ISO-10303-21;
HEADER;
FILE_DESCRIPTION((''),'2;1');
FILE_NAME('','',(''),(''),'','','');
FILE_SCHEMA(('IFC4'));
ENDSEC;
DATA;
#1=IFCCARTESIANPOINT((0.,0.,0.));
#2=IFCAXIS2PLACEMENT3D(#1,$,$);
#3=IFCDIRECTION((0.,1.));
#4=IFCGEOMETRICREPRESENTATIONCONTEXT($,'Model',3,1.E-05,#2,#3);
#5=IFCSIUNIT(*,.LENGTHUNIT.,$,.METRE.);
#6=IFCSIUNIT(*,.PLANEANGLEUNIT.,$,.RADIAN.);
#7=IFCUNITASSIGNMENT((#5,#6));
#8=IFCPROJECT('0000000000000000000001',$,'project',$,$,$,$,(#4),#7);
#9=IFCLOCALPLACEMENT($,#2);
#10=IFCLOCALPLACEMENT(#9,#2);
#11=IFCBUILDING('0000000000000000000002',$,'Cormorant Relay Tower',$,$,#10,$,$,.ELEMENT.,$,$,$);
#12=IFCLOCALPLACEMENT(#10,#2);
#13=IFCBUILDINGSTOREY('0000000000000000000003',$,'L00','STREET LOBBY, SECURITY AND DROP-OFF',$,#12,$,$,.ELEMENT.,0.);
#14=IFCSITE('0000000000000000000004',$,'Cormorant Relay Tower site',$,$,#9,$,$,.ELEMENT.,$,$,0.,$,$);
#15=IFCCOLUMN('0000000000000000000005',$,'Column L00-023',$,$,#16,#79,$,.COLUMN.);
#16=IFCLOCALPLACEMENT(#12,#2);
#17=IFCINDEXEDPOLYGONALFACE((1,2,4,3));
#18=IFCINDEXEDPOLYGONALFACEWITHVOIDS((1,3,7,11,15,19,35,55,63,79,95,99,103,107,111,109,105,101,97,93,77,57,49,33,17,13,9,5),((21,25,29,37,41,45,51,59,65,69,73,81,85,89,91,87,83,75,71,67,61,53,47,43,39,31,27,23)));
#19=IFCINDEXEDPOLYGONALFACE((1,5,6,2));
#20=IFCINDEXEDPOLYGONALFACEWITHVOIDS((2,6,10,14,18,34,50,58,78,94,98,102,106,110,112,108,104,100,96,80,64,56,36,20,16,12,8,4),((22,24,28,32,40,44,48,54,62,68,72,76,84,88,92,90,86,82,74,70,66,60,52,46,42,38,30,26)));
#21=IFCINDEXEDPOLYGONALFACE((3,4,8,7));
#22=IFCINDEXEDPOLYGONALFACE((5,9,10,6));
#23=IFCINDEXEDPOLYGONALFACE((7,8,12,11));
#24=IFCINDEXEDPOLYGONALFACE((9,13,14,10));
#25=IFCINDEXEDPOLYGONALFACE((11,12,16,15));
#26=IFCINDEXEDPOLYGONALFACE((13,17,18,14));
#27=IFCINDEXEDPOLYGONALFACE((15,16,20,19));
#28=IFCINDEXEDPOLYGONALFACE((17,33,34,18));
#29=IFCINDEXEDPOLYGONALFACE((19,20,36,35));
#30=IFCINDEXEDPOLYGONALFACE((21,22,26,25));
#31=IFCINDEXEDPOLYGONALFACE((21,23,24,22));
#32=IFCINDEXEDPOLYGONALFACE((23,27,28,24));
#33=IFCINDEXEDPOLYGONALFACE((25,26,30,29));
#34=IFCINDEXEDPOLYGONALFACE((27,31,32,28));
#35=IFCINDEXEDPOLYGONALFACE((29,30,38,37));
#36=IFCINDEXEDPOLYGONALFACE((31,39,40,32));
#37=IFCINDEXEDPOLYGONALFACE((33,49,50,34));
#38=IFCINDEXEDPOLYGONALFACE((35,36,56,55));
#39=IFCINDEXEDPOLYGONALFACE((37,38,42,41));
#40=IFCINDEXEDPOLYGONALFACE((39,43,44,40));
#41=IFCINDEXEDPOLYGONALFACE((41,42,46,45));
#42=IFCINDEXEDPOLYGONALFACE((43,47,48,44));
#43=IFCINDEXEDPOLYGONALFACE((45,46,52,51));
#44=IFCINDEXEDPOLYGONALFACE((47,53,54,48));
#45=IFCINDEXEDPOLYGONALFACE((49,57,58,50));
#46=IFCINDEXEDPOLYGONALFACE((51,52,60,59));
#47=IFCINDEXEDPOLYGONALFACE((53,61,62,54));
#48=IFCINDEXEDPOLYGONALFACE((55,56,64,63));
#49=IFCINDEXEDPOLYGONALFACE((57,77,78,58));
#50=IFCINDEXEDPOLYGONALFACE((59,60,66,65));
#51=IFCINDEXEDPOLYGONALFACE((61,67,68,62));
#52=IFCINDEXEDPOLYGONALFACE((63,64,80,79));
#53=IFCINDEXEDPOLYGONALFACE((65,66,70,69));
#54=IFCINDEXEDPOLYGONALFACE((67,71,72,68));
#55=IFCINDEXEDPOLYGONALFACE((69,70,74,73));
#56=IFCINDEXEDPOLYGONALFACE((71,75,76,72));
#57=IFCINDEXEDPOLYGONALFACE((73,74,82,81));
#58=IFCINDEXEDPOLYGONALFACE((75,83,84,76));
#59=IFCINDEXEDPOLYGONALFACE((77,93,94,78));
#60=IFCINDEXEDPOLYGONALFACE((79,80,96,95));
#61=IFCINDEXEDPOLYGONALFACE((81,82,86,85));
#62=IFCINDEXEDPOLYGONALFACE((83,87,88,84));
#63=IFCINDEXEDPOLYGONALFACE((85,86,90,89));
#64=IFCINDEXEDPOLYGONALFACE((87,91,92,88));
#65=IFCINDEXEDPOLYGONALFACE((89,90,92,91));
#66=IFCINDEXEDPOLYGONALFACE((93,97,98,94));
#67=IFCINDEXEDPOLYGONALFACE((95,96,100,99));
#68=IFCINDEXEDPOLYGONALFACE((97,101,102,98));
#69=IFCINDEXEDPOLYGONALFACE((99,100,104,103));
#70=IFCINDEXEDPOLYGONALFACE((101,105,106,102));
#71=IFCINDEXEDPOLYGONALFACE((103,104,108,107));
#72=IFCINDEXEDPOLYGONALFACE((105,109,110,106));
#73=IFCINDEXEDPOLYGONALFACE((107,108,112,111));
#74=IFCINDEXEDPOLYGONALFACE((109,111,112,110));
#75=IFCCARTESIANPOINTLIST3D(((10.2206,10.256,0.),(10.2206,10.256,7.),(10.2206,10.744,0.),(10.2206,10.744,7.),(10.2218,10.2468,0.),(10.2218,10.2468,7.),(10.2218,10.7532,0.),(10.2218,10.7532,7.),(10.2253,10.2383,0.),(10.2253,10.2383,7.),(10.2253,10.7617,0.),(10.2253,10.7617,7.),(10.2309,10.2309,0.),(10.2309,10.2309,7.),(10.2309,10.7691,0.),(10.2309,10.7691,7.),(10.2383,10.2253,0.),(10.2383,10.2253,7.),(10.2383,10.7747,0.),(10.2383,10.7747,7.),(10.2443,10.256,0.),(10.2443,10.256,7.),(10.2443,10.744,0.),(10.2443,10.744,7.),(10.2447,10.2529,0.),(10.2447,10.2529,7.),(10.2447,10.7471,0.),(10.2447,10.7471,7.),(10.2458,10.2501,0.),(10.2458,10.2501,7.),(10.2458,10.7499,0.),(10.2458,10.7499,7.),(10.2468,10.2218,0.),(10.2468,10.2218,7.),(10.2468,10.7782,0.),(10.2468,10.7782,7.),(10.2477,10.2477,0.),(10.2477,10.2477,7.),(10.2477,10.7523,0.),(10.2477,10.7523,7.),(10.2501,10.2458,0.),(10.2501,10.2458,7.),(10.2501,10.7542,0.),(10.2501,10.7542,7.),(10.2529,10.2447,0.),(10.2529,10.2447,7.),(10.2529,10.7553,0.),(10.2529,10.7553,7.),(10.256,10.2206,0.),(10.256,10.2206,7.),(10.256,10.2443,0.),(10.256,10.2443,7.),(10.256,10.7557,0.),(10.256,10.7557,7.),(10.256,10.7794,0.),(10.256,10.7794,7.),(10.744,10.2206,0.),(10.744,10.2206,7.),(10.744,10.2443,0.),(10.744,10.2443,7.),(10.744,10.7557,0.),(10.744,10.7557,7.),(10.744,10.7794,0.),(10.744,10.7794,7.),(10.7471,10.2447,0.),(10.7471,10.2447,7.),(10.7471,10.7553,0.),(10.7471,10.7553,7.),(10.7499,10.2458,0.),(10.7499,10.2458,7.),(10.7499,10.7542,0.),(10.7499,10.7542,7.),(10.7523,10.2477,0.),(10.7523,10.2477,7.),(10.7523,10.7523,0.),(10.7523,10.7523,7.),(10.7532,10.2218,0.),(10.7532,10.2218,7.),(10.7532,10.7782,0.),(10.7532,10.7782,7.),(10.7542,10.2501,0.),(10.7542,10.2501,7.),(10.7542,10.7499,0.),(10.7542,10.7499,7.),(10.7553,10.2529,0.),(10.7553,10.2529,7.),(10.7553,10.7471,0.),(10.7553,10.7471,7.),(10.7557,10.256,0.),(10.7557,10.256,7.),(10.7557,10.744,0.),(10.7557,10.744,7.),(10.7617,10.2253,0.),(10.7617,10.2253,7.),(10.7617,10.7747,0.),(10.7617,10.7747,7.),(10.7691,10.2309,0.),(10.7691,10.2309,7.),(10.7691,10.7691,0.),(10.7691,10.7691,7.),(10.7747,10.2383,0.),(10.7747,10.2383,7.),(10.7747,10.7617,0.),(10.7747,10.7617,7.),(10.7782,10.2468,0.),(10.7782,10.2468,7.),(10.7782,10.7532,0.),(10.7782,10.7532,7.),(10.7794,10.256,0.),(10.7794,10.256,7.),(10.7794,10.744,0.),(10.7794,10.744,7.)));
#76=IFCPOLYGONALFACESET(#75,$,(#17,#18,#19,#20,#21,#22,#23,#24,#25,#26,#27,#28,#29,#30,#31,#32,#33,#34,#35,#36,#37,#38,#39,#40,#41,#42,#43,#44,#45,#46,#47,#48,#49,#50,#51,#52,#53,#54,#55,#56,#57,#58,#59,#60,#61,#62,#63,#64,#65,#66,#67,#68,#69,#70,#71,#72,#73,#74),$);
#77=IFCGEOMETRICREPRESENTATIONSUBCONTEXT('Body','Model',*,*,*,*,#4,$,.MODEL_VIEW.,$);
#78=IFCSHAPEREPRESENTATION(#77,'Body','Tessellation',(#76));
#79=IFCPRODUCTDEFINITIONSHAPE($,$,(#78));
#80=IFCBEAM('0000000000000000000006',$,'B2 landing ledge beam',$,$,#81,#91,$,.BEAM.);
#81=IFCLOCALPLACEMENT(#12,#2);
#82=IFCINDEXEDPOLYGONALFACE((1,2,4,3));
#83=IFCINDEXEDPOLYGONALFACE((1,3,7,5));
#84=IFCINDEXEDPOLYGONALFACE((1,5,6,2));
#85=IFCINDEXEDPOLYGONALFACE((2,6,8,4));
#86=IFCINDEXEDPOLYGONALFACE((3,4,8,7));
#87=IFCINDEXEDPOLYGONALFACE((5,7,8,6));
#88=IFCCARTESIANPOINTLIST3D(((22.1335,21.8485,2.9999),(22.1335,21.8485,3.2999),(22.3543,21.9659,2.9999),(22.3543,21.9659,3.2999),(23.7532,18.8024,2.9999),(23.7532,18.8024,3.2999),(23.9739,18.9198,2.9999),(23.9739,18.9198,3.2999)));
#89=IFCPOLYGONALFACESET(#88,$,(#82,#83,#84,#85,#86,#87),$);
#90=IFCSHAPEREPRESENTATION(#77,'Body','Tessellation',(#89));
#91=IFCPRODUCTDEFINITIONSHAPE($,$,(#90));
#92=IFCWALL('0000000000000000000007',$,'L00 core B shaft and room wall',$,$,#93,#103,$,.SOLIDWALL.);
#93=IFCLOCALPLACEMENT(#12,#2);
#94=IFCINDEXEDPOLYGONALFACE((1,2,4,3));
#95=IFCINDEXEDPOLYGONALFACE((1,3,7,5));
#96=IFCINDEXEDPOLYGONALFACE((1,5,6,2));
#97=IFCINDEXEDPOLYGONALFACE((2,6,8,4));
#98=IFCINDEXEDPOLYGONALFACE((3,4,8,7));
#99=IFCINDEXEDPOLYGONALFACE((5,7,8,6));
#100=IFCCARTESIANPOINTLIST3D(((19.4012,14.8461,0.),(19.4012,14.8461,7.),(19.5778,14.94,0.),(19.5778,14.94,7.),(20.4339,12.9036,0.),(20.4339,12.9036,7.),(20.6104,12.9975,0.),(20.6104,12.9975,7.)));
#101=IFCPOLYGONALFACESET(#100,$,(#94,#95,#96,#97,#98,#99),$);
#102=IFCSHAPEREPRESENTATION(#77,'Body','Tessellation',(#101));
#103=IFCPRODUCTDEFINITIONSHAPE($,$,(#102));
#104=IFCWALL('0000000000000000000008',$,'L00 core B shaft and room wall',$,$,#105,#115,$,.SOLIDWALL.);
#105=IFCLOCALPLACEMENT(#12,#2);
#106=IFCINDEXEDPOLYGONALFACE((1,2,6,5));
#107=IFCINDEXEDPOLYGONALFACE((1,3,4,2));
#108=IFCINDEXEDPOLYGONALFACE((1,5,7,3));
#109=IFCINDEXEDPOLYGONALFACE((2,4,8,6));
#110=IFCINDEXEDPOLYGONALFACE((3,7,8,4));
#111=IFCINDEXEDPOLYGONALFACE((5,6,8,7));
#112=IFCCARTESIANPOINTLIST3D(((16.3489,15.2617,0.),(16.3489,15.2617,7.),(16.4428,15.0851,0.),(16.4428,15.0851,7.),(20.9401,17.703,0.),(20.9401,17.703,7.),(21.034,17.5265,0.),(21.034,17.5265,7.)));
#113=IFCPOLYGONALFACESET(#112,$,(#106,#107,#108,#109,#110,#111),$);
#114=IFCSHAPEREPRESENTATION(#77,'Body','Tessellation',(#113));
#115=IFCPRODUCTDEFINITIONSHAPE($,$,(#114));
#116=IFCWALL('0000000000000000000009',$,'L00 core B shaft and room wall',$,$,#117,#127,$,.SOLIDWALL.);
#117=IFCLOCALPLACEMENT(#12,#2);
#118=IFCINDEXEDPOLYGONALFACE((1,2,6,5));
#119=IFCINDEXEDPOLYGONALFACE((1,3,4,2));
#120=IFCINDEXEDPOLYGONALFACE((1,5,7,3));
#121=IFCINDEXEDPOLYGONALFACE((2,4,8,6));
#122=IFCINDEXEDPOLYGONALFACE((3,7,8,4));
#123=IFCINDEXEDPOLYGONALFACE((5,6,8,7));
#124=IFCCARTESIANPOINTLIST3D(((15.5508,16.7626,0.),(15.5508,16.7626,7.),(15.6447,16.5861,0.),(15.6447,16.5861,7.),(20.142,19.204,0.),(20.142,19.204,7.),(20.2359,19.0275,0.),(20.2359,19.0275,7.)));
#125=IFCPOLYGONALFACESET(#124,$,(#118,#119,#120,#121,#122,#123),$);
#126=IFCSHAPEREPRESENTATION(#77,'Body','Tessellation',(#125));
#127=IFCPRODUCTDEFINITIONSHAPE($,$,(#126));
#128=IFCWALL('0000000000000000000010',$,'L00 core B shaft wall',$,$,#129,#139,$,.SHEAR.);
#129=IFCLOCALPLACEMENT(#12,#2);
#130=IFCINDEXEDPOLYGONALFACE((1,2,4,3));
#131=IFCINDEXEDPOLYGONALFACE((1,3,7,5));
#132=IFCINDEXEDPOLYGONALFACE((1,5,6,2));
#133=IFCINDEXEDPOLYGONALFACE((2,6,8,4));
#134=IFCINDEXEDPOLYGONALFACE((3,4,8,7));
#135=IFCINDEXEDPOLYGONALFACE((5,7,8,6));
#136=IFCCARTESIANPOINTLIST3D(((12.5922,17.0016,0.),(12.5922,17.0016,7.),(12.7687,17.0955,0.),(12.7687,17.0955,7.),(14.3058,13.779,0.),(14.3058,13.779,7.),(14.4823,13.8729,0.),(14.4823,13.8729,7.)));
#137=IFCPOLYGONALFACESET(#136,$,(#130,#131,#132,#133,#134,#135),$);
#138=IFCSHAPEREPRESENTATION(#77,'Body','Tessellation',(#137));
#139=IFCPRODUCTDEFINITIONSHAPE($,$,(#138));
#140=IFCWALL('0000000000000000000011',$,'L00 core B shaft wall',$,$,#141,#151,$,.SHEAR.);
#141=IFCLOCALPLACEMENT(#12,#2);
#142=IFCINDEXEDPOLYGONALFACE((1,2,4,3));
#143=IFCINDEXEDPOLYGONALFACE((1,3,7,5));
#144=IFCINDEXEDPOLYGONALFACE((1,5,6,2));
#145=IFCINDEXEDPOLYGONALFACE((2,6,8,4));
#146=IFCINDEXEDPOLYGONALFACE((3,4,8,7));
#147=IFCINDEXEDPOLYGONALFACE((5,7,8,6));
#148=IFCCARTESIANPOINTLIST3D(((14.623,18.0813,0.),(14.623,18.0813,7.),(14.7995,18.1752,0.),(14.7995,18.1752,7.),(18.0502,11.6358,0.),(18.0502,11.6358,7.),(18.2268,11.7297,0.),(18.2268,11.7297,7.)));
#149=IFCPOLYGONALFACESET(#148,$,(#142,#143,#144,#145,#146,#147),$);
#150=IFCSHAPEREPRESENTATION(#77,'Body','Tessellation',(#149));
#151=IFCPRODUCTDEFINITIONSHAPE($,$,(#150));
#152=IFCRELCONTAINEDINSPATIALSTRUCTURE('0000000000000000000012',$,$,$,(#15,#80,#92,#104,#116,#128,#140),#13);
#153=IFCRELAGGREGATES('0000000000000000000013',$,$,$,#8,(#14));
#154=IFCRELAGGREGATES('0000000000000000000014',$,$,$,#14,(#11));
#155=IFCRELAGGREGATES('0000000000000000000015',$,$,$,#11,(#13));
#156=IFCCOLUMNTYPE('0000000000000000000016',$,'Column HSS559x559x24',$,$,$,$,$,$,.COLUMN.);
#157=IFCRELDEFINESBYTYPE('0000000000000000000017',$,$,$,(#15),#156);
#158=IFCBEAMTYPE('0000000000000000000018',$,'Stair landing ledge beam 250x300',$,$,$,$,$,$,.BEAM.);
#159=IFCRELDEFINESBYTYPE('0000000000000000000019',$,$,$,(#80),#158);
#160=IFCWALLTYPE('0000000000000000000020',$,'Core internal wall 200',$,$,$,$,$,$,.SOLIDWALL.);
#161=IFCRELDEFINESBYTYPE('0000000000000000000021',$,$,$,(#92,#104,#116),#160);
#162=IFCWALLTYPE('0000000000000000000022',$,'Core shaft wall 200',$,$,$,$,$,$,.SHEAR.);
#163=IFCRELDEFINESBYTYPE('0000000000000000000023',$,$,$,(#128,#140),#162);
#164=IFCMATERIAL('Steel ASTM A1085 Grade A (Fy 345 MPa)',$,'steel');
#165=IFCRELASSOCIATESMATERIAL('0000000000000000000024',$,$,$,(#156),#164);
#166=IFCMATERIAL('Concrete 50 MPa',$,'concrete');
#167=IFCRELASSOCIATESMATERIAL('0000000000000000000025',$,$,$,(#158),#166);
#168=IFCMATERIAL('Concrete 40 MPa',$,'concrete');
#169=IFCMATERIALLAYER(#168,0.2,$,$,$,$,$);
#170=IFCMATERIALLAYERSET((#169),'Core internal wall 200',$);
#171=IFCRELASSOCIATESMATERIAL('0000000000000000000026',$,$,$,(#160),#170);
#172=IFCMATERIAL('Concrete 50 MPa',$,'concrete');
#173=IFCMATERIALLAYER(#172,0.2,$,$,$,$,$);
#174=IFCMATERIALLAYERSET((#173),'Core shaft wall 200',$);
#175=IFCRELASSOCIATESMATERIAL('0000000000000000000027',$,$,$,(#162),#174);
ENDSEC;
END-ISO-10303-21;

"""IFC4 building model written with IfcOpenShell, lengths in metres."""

from ifc_helpers import new_model, si_unit, direction, frame, frame_2d, origin, origin_2d, place, context, subcontext, project, spatial, rectangle, hollow_rectangle, extrude, material, layer, layer_set, material_profile, profile_set, type_object, element, save


model = new_model("IFC4")

# Units and contexts
model_context = context("Model", 3, precision=1e-05, world=origin(), true_north=direction((0.0, 1.0)))
body_context = subcontext(model_context, "Body", "Model", "MODEL_VIEW")
ifc_project = project(units=[si_unit("LENGTHUNIT", "METRE"), si_unit("PLANEANGLEUNIT", "RADIAN")], contexts=[model_context])

# Site, building, storey
site_placement = place(None, origin())
site = spatial("IfcSite", under=ifc_project, at=site_placement, Name="Cormorant Relay Tower site", CompositionType="ELEMENT", RefElevation=0.0)
building_placement = place(site_placement, origin())
building = spatial("IfcBuilding", under=site, at=building_placement, Name="Cormorant Relay Tower", CompositionType="ELEMENT")
storey_placement = place(building_placement, origin())
storey = spatial("IfcBuildingStorey", under=building, at=storey_placement, Name="L00", Description="STREET LOBBY, SECURITY AND DROP-OFF", CompositionType="ELEMENT", Elevation=0.0)

# Column
ifc_material_1 = material(Name="Steel ASTM A1085 Grade A (Fy 345 MPa)", Category="steel")
ifc_material_profile_1 = material_profile(ifc_material_1, hollow_rectangle(XDim=0.5588, YDim=0.5588, WallThickness=0.0237, InnerFilletRadius=0.0117, OuterFilletRadius=0.0354, at=origin_2d()), Name="HSS559x559x24")
ifc_profile_set_1 = profile_set([ifc_material_profile_1], Name="Steel ASTM A1085 Grade A (Fy 345 MPa)")
column_type = type_object("IfcColumnType", Name="Column HSS559x559x24", PredefinedType="COLUMN", material=ifc_profile_set_1)
column_placement = place(storey_placement, frame((10.5, 10.5, 0.0), z_axis=(0.0, 0.0, 1.0), x_axis=(1.0, 0.0, 0.0)))
element("IfcColumn", 1, at=column_placement, inside=storey, type_object=column_type, Name="Column L00-023", PredefinedType="COLUMN", context=body_context, shape_type="SweptSolid", body=[
    extrude(hollow_rectangle(XDim=0.5588, YDim=0.5588, WallThickness=0.0237, InnerFilletRadius=0.0117, OuterFilletRadius=0.0354, at=origin_2d()), origin(), (0.0, 0.0, 1.0), 7.0),
])

# Beam
ifc_material_2 = material(Name="Concrete 50 MPa", Category="concrete")
ifc_material_profile_2 = material_profile(ifc_material_2, rectangle(XDim=0.25, YDim=0.3, at=origin_2d()), Name="RC 250x300")
ifc_profile_set_2 = profile_set([ifc_material_profile_2], Name="Concrete 50 MPa")
beam_type = type_object("IfcBeamType", Name="Stair landing ledge beam 250x300", PredefinedType="BEAM", material=ifc_profile_set_2)
beam_placement = place(storey_placement, frame((23.8635, 18.8611, 3.1499), z_axis=(-0.469464, 0.882952, 0.0), x_axis=(-0.882952, -0.469464, 0.0)))
element("IfcBeam", 2, at=beam_placement, inside=storey, type_object=beam_type, Name="B2 landing ledge beam", PredefinedType="BEAM", context=body_context, shape_type="SweptSolid", body=[
    extrude(rectangle(XDim=0.25, YDim=0.3, at=origin_2d()), origin(), (0.0, 0.0, 1.0), 3.45),
])

# Walls
ifc_material_3 = material(Name="Concrete 40 MPa", Category="concrete")
ifc_layer_1 = layer(ifc_material_3, 0.2)
ifc_layer_set_1 = layer_set([ifc_layer_1], Name="Core internal wall 200")
wall_type_1 = type_object("IfcWallType", Name="Core internal wall 200", PredefinedType="SOLIDWALL", material=ifc_layer_set_1)
wall_1_placement = place(storey_placement, frame((20.5222, 12.9504, 0.0), z_axis=(0.0, 0.0, 1.0), x_axis=(-0.469401, 0.882985, 0.0)))
element("IfcWall", 3, at=wall_1_placement, inside=storey, type_object=wall_type_1, Name="L00 core B shaft and room wall", PredefinedType="SOLIDWALL", context=body_context, shape_type="SweptSolid", body=[
    extrude(rectangle(XDim=2.2, YDim=0.2, at=frame_2d((1.1001, 0.0))), origin(), (0.0, 0.0, 1.0), 7.0),
])
for number, where, z_axis, x_axis, name in (
    (4, (16.3958, 15.1733, 0.0), (0.0, 0.0, 1.0), (0.882935, 0.469496, 0.0), "L00 core B shaft and room wall"),
    (5, (15.5977, 16.6743, 0.0), (0.0, 0.0, 1.0), (0.882935, 0.469496, 0.0), "L00 core B shaft and room wall"),
):
    element("IfcWall", number, at=place(storey_placement, frame(where, z_axis=z_axis, x_axis=x_axis)), inside=storey, type_object=wall_type_1, Name=name, PredefinedType="SOLIDWALL", context=body_context, shape_type="SweptSolid", body=[
        extrude(rectangle(XDim=5.2, YDim=0.2, at=frame_2d((2.6001, 0.0))), origin(), (0.0, 0.0, 1.0), 7.0),
    ])
ifc_material_4 = material(Name="Concrete 50 MPa", Category="concrete")
ifc_layer_2 = layer(ifc_material_4, 0.2)
ifc_layer_set_2 = layer_set([ifc_layer_2], Name="Core shaft wall 200")
wall_type_2 = type_object("IfcWallType", Name="Core shaft wall 200", PredefinedType="SHEAR", material=ifc_layer_set_2)
wall_2_placement = place(storey_placement, frame((14.394, 13.8259, 0.0), z_axis=(0.0, 0.0, 1.0), x_axis=(-0.469494, 0.882936, 0.0)))
element("IfcWall", 6, at=wall_2_placement, inside=storey, type_object=wall_type_2, Name="L00 core B shaft wall", PredefinedType="SHEAR", context=body_context, shape_type="SweptSolid", body=[
    extrude(rectangle(XDim=3.6499, YDim=0.2, at=frame_2d((1.825, 0.0))), origin(), (0.0, 0.0, 1.0), 7.0),
])
wall_3_placement = place(storey_placement, frame((18.1384, 11.6829, 0.0), z_axis=(0.0, 0.0, 1.0), x_axis=(-0.46948, 0.882943, 0.0)))
element("IfcWall", 7, at=wall_3_placement, inside=storey, type_object=wall_type_2, Name="L00 core B shaft wall", PredefinedType="SHEAR", context=body_context, shape_type="SweptSolid", body=[
    extrude(rectangle(XDim=7.3, YDim=0.2, at=frame_2d((3.6499, 0.0))), origin(), (0.0, 0.0, 1.0), 7.0),
])

save(model, "model.ifc")
